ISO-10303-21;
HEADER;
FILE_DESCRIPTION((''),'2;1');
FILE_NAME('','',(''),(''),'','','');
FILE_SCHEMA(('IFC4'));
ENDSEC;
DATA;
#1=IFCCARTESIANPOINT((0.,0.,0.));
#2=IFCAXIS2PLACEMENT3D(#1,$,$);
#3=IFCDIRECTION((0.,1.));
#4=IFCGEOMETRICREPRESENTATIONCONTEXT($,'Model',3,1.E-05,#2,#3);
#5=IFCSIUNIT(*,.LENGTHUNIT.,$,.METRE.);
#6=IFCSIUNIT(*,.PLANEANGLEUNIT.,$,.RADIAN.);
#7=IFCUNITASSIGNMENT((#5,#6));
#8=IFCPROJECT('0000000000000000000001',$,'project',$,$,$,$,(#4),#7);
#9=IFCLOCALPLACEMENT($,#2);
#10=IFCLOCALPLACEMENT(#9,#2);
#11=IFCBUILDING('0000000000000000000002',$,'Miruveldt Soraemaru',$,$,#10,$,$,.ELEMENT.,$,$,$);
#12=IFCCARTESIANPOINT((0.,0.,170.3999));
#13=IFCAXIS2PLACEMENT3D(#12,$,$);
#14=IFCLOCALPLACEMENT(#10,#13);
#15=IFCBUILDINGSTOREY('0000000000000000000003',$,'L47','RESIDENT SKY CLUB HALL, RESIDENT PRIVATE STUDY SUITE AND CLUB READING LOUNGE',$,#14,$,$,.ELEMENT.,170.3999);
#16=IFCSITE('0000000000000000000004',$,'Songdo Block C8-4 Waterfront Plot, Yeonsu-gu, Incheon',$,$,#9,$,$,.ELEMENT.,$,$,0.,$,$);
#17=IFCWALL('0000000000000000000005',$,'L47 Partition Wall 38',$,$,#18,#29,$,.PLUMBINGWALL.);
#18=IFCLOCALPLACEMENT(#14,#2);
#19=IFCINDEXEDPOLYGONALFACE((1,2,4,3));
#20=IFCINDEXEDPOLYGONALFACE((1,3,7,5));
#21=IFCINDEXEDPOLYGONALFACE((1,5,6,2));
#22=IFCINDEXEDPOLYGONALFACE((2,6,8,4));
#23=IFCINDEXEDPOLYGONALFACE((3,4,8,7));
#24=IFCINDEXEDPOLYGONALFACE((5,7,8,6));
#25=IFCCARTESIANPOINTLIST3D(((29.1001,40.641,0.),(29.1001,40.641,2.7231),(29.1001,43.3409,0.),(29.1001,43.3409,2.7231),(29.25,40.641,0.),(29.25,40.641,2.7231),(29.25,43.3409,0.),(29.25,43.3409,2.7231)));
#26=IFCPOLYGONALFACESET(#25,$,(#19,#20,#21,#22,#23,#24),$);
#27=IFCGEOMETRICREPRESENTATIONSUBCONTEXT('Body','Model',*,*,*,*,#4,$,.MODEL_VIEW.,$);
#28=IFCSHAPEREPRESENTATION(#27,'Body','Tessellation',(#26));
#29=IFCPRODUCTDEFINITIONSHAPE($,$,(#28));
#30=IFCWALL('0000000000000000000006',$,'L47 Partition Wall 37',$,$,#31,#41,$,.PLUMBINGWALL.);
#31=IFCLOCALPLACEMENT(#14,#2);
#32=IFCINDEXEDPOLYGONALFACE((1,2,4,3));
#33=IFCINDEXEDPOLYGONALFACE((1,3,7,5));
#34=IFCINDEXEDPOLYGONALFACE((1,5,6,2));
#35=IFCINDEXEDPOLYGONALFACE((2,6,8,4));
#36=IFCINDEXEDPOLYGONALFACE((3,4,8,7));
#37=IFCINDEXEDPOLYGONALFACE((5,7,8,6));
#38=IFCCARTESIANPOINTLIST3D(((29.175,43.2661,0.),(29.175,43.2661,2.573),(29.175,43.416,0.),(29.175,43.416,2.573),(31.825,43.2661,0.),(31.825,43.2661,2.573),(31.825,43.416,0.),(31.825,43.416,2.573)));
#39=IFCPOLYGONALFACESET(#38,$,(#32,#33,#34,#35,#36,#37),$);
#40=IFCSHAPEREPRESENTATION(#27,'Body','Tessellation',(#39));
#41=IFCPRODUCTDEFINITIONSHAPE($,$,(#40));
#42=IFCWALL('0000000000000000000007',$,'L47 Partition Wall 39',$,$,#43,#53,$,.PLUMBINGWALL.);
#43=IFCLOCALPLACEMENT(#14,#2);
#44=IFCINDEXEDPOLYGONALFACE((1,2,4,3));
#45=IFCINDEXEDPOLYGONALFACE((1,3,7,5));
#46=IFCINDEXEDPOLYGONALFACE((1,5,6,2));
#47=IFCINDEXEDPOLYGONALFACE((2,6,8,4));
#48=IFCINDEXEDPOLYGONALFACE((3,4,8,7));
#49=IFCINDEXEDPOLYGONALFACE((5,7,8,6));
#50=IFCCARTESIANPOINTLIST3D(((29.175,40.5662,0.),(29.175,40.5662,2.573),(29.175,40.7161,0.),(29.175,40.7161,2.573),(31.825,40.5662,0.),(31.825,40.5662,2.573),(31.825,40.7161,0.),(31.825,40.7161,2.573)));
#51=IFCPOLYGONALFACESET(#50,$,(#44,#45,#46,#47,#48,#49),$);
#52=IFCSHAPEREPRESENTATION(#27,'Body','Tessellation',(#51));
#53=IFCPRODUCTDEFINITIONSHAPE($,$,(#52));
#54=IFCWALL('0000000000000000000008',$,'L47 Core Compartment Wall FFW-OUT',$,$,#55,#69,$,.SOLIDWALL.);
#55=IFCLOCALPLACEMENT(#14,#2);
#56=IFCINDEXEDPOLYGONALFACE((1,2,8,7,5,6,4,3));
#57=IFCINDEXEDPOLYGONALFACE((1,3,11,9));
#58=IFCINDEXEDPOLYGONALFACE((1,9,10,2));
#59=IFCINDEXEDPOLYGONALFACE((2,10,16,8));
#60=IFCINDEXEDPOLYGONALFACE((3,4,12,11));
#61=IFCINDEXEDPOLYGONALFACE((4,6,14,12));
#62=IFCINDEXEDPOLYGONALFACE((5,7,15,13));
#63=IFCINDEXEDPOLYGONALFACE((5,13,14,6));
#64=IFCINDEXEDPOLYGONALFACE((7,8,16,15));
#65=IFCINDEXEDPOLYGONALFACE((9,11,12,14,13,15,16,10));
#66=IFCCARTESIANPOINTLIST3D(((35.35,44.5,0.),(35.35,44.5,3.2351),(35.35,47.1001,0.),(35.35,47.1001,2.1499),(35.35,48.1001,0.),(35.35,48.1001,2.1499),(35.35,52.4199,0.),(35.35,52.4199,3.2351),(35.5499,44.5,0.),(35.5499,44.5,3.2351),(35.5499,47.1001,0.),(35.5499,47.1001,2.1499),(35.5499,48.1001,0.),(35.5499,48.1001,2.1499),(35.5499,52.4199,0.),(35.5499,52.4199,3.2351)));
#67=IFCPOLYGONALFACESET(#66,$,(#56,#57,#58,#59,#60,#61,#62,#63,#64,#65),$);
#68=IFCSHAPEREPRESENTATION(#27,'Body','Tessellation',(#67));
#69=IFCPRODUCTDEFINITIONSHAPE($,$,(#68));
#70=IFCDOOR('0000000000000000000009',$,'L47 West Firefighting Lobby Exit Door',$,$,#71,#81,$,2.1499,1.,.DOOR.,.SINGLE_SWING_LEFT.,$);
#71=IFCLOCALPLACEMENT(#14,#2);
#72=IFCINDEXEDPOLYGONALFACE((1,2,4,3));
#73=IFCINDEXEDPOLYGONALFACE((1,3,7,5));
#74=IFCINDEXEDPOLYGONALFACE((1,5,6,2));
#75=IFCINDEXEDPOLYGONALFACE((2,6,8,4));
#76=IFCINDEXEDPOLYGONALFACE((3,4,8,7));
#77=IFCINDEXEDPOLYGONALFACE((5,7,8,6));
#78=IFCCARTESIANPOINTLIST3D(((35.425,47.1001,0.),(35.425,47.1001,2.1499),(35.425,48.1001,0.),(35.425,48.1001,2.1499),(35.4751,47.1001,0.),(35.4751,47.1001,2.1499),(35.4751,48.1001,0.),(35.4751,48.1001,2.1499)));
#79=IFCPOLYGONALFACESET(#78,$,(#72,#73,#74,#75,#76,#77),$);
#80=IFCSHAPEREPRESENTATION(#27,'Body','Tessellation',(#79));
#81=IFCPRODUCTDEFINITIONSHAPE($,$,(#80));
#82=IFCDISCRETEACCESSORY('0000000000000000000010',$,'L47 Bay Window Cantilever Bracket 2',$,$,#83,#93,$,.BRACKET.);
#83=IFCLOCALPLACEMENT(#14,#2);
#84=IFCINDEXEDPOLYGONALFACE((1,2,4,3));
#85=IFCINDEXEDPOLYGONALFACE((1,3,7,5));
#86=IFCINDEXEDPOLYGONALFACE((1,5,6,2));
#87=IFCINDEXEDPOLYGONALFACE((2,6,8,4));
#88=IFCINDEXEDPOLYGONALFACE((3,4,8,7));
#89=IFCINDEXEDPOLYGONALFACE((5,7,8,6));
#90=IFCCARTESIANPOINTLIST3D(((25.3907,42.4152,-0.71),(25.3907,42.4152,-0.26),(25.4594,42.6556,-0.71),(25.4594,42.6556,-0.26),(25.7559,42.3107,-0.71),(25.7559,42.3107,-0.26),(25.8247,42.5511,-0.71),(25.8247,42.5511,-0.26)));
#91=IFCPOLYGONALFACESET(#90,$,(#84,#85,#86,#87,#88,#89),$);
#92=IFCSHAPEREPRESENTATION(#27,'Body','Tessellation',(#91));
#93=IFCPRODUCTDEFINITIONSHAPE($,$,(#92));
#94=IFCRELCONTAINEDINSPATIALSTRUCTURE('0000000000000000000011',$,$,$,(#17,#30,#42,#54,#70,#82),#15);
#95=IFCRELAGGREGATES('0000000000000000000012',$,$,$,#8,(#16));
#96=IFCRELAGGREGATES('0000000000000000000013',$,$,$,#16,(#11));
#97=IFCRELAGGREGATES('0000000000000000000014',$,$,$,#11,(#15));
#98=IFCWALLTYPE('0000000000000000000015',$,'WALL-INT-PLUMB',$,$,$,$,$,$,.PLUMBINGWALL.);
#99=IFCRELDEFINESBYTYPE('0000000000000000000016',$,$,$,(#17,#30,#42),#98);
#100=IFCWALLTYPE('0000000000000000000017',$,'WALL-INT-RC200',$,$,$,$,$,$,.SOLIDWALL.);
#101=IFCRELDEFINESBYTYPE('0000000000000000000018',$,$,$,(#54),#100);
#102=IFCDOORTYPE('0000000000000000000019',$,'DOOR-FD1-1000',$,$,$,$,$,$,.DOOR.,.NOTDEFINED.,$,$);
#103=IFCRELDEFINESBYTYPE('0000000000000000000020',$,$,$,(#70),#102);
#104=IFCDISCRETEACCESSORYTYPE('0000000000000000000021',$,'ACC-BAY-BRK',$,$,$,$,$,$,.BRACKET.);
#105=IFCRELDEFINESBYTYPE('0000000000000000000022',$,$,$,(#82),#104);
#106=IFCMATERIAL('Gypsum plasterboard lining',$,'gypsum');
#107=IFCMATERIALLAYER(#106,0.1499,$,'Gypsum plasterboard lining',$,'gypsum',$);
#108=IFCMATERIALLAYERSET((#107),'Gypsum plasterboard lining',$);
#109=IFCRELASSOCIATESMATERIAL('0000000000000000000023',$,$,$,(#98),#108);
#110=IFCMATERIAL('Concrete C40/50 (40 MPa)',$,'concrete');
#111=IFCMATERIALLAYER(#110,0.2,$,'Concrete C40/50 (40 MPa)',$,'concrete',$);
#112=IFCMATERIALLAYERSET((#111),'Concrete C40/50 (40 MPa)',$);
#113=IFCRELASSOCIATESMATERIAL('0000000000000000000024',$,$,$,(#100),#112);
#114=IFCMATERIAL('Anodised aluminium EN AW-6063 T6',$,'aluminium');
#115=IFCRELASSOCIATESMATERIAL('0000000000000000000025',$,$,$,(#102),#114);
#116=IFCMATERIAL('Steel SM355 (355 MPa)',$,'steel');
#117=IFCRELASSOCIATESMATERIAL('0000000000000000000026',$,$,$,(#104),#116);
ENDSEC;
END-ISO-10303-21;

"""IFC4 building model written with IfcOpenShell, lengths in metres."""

from ifc_helpers import new_model, si_unit, direction, frame, frame_2d, origin, origin_2d, place, context, subcontext, project, spatial, rectangle, extrude, material, layer, layer_set, type_object, element, fill, save


model = new_model("IFC4")

# Units and contexts
model_context = context("Model", 3, precision=1e-05, world=origin(), true_north=direction((0.0, 1.0)))
body_context = subcontext(model_context, "Body", "Model", "MODEL_VIEW")
ifc_project = project(units=[si_unit("LENGTHUNIT", "METRE"), si_unit("PLANEANGLEUNIT", "RADIAN")], contexts=[model_context])

# Site, building, storey
site_placement = place(None, origin())
site = spatial("IfcSite", under=ifc_project, at=site_placement, Name="Songdo Block C8-4 Waterfront Plot, Yeonsu-gu, Incheon", CompositionType="ELEMENT", RefElevation=0.0)
building_placement = place(site_placement, origin())
building = spatial("IfcBuilding", under=site, at=building_placement, Name="Miruveldt Soraemaru", CompositionType="ELEMENT")
storey_placement = place(building_placement, frame((0.0, 0.0, 170.3999)))
storey = spatial("IfcBuildingStorey", under=building, at=storey_placement, Name="L47", Description="RESIDENT SKY CLUB HALL, RESIDENT PRIVATE STUDY SUITE AND CLUB READING LOUNGE", CompositionType="ELEMENT", Elevation=170.3999)

# Shared definitions
ifc_material_1 = material(Name="Steel SM355 (355 MPa)", Category="steel")

# Walls
ifc_material_2 = material(Name="Gypsum plasterboard lining", Category="gypsum")
ifc_layer_1 = layer(ifc_material_2, 0.1499, Name="Gypsum plasterboard lining", Category="gypsum")
ifc_layer_set_1 = layer_set([ifc_layer_1], Name="Gypsum plasterboard lining")
wall_type_1 = type_object("IfcWallType", Name="WALL-INT-PLUMB", PredefinedType="PLUMBINGWALL", material=ifc_layer_set_1)
wall_1_placement = place(storey_placement, frame((29.175, 43.3411, 0.0), z_axis=(0.0, 0.0, 1.0), x_axis=(0.0, -1.0, 0.0)))
element("IfcWall", 1, at=wall_1_placement, inside=storey, type_object=wall_type_1, Name="L47 Partition Wall 38", PredefinedType="PLUMBINGWALL", context=body_context, shape_type="SweptSolid", body=[
    extrude(rectangle(XDim=2.7, YDim=0.1499, at=frame_2d((1.3501, 0.0))), origin(), (0.0, 0.0, 1.0), 2.7231),
])
for number, where, z_axis, x_axis, name in (
    (2, (31.825, 43.3411, 0.0), (0.0, 0.0, 1.0), (-1.0, 0.0, 0.0), "L47 Partition Wall 37"),
    (3, (29.175, 40.6411, 0.0), (0.0, 0.0, 1.0), (1.0, 0.0, 0.0), "L47 Partition Wall 39"),
):
    element("IfcWall", number, at=place(storey_placement, frame(where, z_axis=z_axis, x_axis=x_axis)), inside=storey, type_object=wall_type_1, Name=name, PredefinedType="PLUMBINGWALL", context=body_context, shape_type="SweptSolid", body=[
        extrude(rectangle(XDim=2.6499, YDim=0.1499, at=frame_2d((1.325, 0.0))), origin(), (0.0, 0.0, 1.0), 2.573),
    ])

# Wall, opening, door
ifc_material_3 = material(Name="Concrete C40/50 (40 MPa)", Category="concrete")
ifc_layer_2 = layer(ifc_material_3, 0.2, Name="Concrete C40/50 (40 MPa)", Category="concrete")
ifc_layer_set_2 = layer_set([ifc_layer_2], Name="Concrete C40/50 (40 MPa)")
wall_type_2 = type_object("IfcWallType", Name="WALL-INT-RC200", PredefinedType="SOLIDWALL", material=ifc_layer_set_2)
wall_2_placement = place(storey_placement, frame((35.45, 44.5, 0.0), z_axis=(0.0, 0.0, 1.0), x_axis=(0.0, 1.0, 0.0)))
wall_2 = element("IfcWall", 4, at=wall_2_placement, inside=storey, type_object=wall_type_2, Name="L47 Core Compartment Wall FFW-OUT", PredefinedType="SOLIDWALL", context=body_context, shape_type="SweptSolid", body=[
    extrude(rectangle(XDim=7.9199, YDim=0.2, at=frame_2d((3.96, 0.0))), origin(), (0.0, 0.0, 1.0), 3.2351),
])
opening_1_placement = place(wall_2_placement, frame((2.6001, 0.0, 0.0)))
opening_1 = element("IfcOpeningElement", 5, at=opening_1_placement, cuts=wall_2, PredefinedType="OPENING", context=body_context, shape_type="SweptSolid", body=[
    extrude(rectangle(XDim=1.0, YDim=2.1499, at=frame_2d((0.5, 1.075))), frame((0.0, 0.1099, 0.0), z_axis=(0.0, -1.0, 0.0), x_axis=(1.0, 0.0, 0.0)), (0.0, 0.0, 1.0), 0.22),
])
ifc_material_4 = material(Name="Anodised aluminium EN AW-6063 T6", Category="aluminium")
door_type = type_object("IfcDoorType", Name="DOOR-FD1-1000", OperationType="NOTDEFINED", PredefinedType="DOOR", material=ifc_material_4)
door_placement = place(opening_1_placement, origin())
door = element("IfcDoor", 6, at=door_placement, inside=storey, type_object=door_type, Name="L47 West Firefighting Lobby Exit Door", OperationType="SINGLE_SWING_LEFT", OverallHeight=2.1499, OverallWidth=1.0, PredefinedType="DOOR", context=body_context, shape_type="SweptSolid", body=[
    extrude(rectangle(XDim=1.0, YDim=2.1499, at=frame_2d((0.5, 1.075))), frame((0.0, 0.0249, 0.0), z_axis=(0.0, -1.0, 0.0), x_axis=(1.0, 0.0, 0.0)), (0.0, 0.0, 1.0), 0.05),
])
fill(opening_1, door)

# Discrete accessory
discrete_accessory_type = type_object("IfcDiscreteAccessoryType", Name="ACC-BAY-BRK", PredefinedType="BRACKET", material=ifc_material_1)
discrete_accessory_placement = place(storey_placement, frame((25.6077, 42.4832, -0.71), z_axis=(0.0, 0.0, 1.0), x_axis=(-0.961449, 0.274983, 0.0)))
element("IfcDiscreteAccessory", 7, at=discrete_accessory_placement, inside=storey, type_object=discrete_accessory_type, Name="L47 Bay Window Cantilever Bracket 2", PredefinedType="BRACKET", context=body_context, shape_type="SweptSolid", body=[
    extrude(rectangle(XDim=0.3799, YDim=0.25, at=origin_2d()), origin(), (0.0, 0.0, 1.0), 0.45),
])

save(model, "model.ifc")
